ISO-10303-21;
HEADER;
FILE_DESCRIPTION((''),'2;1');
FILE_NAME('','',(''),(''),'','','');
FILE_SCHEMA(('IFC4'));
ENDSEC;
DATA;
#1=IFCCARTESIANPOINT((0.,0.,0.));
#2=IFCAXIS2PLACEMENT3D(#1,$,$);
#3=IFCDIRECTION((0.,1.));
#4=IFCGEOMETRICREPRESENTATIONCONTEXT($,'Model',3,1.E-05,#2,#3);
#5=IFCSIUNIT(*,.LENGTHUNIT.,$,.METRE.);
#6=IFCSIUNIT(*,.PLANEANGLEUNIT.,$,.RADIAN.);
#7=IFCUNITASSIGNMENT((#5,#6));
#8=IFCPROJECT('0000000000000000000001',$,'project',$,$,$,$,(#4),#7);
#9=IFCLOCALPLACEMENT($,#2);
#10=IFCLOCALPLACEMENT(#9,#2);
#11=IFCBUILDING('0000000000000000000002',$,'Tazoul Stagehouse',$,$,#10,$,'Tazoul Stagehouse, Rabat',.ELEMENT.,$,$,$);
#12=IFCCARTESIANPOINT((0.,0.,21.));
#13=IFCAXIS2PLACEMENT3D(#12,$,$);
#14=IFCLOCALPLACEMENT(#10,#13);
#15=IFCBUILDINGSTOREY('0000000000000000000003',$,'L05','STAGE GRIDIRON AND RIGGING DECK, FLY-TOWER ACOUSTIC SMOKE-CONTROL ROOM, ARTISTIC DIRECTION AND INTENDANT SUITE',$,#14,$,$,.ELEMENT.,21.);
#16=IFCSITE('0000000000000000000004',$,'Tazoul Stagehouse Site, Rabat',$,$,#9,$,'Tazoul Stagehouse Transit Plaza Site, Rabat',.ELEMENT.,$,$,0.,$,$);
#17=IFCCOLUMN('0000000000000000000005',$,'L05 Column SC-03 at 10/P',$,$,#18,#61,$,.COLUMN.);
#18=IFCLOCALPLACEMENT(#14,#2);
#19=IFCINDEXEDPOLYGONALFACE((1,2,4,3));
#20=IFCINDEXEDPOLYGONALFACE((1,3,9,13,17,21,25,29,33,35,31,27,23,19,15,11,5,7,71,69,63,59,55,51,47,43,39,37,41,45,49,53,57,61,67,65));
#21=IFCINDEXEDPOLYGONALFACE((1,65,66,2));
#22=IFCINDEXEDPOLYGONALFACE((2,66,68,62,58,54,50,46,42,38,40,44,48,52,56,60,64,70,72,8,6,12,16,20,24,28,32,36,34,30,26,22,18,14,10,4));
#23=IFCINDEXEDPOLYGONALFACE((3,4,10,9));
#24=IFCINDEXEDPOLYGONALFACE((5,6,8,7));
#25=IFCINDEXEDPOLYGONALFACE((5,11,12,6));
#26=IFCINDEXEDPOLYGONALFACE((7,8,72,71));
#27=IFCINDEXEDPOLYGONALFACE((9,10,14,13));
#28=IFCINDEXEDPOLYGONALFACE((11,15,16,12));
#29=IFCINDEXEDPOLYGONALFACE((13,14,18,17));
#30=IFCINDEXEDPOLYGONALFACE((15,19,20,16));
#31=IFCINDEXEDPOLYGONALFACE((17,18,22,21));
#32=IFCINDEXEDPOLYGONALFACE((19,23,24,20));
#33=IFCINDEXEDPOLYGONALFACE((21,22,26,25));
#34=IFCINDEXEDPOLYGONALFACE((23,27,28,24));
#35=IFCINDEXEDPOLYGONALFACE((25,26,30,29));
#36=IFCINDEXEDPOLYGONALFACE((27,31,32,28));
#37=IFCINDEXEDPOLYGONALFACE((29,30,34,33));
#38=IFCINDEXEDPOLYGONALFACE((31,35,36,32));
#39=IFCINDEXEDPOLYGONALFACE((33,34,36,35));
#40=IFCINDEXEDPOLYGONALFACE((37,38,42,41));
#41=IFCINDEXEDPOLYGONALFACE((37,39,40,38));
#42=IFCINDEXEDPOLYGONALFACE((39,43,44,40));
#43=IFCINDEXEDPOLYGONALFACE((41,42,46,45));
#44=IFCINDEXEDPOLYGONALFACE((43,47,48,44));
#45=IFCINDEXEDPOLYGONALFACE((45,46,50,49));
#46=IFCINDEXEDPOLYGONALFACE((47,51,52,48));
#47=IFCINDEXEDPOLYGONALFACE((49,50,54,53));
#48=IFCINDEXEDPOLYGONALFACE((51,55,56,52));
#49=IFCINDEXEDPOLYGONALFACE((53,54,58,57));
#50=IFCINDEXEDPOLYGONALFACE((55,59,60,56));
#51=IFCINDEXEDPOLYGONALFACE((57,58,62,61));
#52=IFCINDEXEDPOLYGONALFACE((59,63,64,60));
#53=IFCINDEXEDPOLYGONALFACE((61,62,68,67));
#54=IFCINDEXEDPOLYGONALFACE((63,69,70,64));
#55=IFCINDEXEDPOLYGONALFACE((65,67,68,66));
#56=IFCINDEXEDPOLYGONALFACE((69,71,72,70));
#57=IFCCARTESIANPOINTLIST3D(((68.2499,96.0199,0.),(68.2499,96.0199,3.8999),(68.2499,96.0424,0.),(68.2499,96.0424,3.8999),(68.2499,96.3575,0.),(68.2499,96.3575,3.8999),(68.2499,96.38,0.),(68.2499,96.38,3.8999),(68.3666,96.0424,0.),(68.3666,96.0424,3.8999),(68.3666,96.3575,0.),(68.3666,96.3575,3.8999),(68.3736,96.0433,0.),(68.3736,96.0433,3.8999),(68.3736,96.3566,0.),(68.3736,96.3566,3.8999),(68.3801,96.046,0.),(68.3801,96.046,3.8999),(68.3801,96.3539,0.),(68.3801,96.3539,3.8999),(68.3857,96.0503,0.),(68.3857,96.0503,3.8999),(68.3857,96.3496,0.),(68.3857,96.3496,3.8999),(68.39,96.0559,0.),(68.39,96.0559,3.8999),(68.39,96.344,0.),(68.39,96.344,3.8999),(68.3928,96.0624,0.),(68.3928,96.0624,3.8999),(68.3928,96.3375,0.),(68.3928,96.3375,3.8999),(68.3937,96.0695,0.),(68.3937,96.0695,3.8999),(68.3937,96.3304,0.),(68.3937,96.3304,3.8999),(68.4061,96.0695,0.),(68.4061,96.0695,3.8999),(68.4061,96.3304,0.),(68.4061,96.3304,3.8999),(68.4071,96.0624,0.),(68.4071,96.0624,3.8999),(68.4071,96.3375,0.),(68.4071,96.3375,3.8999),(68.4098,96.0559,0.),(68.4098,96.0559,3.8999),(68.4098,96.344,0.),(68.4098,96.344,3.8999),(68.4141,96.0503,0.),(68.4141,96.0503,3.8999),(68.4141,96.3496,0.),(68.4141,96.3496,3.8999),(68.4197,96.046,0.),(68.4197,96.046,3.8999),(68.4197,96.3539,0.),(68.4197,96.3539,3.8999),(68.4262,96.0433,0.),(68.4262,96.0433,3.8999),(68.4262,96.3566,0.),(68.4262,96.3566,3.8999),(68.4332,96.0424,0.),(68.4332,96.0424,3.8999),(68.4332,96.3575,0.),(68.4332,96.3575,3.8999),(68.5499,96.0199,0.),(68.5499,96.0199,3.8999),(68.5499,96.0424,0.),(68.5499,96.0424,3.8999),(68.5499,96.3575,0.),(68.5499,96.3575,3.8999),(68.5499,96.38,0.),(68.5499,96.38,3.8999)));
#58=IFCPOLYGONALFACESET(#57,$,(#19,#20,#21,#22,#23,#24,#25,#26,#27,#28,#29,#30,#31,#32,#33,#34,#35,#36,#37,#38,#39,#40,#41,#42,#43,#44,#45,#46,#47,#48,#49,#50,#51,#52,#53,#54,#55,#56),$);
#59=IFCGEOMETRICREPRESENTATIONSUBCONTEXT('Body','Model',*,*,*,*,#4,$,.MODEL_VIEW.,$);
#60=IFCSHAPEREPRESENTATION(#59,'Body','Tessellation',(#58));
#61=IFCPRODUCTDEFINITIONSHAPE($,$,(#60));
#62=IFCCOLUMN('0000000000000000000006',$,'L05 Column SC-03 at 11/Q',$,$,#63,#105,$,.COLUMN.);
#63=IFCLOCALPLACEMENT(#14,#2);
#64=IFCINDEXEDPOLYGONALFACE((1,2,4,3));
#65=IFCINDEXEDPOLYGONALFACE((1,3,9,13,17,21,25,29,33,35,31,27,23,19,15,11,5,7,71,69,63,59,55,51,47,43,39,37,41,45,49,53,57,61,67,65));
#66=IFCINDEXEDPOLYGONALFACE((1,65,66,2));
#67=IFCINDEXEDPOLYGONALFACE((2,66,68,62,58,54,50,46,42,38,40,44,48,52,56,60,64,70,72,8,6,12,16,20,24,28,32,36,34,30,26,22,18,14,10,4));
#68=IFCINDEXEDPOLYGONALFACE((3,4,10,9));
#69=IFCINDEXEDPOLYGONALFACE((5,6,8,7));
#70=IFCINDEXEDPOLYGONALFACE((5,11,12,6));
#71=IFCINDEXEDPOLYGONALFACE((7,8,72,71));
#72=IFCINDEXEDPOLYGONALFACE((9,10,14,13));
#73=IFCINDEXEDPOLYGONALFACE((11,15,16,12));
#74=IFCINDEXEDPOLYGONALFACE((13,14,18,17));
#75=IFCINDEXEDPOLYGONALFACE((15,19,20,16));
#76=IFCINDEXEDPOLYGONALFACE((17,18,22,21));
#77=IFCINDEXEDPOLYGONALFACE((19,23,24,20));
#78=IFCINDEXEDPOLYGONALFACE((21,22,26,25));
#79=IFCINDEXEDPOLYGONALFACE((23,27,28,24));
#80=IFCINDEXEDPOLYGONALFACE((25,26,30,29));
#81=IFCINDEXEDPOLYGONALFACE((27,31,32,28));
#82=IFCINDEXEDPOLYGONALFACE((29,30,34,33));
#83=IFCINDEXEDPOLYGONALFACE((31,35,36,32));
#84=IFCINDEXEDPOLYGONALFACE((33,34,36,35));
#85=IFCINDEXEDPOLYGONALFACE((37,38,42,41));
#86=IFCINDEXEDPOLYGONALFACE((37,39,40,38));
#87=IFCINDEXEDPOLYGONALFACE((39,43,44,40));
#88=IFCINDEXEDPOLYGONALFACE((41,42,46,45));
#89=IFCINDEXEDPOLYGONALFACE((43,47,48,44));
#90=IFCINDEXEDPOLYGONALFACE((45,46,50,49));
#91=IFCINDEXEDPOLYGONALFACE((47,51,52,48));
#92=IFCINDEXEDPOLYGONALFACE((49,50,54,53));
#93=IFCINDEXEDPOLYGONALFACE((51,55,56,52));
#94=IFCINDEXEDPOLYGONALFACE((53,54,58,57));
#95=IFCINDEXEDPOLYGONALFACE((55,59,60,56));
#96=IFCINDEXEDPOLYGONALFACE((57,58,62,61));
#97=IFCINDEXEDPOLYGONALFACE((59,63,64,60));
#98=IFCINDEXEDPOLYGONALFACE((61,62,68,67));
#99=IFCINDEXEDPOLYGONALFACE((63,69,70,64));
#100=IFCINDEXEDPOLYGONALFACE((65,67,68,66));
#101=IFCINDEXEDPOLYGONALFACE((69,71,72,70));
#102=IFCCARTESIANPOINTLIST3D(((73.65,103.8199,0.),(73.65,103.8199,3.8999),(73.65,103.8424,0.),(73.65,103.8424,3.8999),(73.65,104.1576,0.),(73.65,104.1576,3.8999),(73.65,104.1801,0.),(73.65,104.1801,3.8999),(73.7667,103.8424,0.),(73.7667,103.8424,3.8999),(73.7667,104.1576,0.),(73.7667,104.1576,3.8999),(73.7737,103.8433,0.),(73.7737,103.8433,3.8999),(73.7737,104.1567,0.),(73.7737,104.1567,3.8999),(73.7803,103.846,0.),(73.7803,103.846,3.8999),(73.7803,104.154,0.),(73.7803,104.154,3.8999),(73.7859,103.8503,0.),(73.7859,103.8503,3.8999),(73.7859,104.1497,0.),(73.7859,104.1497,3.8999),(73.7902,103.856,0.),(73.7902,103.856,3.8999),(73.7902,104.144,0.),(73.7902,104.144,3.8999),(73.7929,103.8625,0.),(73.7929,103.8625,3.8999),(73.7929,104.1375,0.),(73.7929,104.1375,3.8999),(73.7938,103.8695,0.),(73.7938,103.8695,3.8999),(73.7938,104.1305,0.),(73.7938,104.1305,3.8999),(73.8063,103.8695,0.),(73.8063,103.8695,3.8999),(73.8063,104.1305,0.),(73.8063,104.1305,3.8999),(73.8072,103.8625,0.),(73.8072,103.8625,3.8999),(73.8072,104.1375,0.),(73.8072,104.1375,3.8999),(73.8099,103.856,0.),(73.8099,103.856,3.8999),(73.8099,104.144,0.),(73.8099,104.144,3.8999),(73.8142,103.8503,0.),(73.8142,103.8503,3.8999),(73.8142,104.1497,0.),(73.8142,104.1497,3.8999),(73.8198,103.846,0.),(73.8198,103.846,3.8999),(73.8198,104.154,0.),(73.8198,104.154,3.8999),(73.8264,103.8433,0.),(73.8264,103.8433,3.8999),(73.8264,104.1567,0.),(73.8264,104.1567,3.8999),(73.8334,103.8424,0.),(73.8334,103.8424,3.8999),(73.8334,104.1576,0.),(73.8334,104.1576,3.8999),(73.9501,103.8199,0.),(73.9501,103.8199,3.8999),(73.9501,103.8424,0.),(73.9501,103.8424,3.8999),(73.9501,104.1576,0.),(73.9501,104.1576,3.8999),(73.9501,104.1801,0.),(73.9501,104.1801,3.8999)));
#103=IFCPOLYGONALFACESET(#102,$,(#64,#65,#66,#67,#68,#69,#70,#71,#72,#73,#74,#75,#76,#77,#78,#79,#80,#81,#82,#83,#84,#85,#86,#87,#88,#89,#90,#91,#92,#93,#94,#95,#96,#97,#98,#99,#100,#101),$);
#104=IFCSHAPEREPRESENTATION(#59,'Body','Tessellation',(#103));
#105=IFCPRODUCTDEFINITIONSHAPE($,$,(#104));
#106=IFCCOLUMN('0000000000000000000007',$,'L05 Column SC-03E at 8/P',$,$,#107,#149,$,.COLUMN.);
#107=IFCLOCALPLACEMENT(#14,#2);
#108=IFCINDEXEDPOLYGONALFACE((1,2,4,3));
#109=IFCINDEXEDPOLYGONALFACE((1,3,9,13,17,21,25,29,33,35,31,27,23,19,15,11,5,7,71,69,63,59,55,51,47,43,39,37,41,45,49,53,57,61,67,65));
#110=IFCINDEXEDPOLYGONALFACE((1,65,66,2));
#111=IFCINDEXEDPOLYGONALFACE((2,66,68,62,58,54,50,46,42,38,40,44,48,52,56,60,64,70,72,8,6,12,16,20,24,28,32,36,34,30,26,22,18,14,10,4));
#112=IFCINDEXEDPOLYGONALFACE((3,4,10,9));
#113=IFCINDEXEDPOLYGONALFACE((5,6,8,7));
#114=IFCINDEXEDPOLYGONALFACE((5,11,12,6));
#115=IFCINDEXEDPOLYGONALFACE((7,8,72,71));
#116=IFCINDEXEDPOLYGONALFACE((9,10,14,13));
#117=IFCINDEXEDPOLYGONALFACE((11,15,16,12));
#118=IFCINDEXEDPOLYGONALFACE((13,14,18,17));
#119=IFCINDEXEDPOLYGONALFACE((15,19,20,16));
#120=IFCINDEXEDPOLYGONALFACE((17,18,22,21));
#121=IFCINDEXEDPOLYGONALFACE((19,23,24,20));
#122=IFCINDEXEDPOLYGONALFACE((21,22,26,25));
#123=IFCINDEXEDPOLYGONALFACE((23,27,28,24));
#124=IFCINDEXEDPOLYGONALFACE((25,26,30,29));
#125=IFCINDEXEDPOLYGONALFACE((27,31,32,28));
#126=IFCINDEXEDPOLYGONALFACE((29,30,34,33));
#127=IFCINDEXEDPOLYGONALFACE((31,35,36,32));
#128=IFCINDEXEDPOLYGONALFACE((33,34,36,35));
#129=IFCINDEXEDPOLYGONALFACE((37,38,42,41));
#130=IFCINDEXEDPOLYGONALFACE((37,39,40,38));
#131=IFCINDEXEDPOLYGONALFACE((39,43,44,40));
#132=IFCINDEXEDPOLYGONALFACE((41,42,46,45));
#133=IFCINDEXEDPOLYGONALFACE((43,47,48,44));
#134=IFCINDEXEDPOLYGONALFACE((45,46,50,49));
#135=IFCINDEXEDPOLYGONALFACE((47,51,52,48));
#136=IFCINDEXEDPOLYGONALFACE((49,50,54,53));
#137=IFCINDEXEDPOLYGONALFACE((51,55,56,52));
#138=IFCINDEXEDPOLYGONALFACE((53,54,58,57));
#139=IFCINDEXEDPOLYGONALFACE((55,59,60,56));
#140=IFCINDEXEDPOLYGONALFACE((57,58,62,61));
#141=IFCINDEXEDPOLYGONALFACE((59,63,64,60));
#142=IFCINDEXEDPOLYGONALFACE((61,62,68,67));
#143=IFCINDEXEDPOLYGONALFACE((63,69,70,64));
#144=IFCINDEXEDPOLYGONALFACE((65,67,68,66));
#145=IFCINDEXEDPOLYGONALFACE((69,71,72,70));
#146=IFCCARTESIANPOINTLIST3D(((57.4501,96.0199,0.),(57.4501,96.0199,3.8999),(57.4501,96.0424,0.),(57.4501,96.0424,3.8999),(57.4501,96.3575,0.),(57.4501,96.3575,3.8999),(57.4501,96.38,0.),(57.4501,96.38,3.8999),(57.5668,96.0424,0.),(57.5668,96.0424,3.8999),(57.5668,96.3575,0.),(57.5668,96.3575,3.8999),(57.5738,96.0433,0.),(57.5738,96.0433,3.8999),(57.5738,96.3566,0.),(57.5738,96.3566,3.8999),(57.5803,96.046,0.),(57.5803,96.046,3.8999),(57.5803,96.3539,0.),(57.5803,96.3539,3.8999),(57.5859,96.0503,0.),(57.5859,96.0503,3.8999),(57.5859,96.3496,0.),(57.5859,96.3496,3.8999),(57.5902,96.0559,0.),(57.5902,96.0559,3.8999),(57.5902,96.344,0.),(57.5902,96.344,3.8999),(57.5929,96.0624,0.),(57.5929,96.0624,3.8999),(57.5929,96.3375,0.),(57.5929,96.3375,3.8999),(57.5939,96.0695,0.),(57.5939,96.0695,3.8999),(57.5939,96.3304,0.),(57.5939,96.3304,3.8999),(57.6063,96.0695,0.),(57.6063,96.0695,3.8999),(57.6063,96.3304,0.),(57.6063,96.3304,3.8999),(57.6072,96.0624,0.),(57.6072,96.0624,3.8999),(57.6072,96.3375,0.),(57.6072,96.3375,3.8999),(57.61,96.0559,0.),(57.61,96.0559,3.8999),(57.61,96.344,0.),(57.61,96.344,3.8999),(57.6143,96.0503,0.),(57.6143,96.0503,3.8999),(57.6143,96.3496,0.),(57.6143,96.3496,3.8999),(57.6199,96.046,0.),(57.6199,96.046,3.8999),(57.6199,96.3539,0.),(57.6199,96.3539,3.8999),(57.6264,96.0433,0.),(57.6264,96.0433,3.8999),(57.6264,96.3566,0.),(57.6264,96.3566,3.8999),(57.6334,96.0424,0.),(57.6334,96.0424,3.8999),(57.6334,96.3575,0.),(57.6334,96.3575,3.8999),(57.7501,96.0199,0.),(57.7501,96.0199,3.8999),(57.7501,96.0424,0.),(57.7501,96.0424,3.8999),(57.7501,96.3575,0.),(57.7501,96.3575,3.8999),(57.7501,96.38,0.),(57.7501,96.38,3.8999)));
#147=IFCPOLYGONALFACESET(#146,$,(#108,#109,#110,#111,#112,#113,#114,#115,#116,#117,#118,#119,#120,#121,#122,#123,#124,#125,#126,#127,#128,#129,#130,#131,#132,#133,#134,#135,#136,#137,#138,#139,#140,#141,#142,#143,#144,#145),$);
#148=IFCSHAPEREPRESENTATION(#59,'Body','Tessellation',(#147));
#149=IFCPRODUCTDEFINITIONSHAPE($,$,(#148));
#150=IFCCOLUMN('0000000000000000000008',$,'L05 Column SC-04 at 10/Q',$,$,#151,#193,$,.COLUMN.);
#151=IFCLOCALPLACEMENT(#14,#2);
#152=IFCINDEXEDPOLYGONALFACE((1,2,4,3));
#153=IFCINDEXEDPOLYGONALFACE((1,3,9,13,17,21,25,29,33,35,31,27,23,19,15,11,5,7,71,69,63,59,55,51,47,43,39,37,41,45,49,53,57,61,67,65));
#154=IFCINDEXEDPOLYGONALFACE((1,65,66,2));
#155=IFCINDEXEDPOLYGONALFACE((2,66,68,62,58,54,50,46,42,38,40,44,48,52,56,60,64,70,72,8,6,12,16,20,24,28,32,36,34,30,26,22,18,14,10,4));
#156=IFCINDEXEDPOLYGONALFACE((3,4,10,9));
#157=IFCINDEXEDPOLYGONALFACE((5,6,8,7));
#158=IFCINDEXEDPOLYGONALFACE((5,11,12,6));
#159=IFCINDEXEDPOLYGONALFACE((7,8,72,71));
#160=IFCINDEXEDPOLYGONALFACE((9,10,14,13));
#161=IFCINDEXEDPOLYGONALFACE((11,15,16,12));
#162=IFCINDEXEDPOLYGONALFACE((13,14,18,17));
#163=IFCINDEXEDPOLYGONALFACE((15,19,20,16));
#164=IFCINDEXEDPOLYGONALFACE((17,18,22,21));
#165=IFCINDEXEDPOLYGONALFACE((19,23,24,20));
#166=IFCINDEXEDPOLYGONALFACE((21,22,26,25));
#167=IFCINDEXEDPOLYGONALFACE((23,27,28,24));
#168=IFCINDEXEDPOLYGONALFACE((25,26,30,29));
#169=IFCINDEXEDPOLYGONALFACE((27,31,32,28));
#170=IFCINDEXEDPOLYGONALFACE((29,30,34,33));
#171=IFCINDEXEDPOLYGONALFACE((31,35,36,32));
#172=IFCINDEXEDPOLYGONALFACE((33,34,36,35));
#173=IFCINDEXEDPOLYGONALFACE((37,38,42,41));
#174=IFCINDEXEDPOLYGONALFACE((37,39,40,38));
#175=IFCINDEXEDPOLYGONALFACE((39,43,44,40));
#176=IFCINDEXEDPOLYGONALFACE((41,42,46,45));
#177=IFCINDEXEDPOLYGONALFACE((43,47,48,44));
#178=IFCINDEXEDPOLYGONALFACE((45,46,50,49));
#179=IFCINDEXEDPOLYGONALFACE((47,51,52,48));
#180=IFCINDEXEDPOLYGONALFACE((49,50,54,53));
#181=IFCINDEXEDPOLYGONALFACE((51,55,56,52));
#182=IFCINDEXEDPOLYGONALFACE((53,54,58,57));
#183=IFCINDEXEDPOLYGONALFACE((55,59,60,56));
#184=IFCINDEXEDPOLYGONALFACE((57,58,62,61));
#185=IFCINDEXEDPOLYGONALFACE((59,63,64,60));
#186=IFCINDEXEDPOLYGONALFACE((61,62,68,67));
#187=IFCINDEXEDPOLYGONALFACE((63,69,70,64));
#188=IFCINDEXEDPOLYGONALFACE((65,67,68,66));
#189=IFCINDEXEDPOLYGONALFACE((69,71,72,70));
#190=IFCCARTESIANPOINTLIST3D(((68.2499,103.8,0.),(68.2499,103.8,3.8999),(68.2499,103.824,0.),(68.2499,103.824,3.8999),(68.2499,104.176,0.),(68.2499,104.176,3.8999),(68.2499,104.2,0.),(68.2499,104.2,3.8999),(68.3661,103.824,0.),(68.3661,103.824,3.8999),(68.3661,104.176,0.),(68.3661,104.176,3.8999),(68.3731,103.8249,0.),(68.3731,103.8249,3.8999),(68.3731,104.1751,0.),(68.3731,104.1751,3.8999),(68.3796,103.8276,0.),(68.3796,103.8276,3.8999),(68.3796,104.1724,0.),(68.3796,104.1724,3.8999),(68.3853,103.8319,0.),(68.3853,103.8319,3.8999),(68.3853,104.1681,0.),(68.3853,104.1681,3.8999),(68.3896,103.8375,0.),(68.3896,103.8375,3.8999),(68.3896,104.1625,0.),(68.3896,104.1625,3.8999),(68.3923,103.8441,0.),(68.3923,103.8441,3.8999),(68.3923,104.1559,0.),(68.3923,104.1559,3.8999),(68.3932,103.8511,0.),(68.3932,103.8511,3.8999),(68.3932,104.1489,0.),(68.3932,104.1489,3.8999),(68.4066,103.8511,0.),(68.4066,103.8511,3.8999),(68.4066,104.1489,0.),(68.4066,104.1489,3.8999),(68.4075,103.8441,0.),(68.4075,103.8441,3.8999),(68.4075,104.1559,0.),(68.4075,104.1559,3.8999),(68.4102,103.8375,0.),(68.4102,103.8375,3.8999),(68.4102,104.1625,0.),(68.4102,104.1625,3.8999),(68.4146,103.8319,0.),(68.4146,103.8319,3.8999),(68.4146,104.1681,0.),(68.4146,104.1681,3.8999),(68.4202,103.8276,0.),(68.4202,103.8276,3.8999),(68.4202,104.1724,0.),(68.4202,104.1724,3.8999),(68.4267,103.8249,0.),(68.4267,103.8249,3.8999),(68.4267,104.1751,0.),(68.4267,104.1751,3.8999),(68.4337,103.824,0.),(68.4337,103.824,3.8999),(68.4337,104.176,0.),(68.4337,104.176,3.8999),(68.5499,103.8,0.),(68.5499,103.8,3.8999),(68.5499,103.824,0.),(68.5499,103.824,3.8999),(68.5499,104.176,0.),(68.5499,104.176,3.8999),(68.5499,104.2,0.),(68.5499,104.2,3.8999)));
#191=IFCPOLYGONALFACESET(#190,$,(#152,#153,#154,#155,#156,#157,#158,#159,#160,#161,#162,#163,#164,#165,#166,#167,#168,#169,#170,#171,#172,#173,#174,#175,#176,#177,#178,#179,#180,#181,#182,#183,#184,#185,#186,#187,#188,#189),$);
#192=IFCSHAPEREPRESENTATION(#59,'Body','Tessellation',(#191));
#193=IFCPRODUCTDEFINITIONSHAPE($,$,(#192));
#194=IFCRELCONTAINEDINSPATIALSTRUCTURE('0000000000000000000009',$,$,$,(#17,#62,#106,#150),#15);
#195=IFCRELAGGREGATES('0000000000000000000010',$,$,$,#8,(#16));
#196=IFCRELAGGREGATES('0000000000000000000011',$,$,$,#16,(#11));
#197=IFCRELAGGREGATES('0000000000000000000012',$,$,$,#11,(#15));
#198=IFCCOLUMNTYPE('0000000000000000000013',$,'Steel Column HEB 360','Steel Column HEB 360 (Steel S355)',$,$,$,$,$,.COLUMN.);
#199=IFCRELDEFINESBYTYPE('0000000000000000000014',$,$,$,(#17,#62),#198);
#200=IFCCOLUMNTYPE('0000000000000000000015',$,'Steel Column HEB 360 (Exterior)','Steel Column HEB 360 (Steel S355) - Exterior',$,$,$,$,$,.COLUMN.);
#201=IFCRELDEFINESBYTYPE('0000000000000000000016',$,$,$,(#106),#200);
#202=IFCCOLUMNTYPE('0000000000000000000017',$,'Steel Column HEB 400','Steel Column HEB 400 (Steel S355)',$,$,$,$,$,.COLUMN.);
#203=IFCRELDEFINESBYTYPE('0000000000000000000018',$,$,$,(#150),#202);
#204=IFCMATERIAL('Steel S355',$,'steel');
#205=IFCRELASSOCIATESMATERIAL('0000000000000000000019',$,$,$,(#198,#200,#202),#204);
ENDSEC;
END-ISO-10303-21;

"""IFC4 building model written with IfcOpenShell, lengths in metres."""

from ifc_helpers import new_model, si_unit, direction, frame, origin, origin_2d, place, context, subcontext, project, spatial, i_section, extrude, material, material_profile, profile_set, type_object, element, save


model = new_model("IFC4")

# Units and contexts
model_context = context("Model", 3, precision=1e-05, world=origin(), true_north=direction((0.0, 1.0)))
body_context = subcontext(model_context, "Body", "Model", "MODEL_VIEW")
ifc_project = project(units=[si_unit("LENGTHUNIT", "METRE"), si_unit("PLANEANGLEUNIT", "RADIAN")], contexts=[model_context])

# Site, building, storey
site_placement = place(None, origin())
site = spatial("IfcSite", under=ifc_project, at=site_placement, Name="Tazoul Stagehouse Site, Rabat", LongName="Tazoul Stagehouse Transit Plaza Site, Rabat", CompositionType="ELEMENT", RefElevation=0.0)
building_placement = place(site_placement, origin())
building = spatial("IfcBuilding", under=site, at=building_placement, Name="Tazoul Stagehouse", LongName="Tazoul Stagehouse, Rabat", CompositionType="ELEMENT")
storey_placement = place(building_placement, frame((0.0, 0.0, 21.0)))
storey = spatial("IfcBuildingStorey", under=building, at=storey_placement, Name="L05", Description="STAGE GRIDIRON AND RIGGING DECK, FLY-TOWER ACOUSTIC SMOKE-CONTROL ROOM, ARTISTIC DIRECTION AND INTENDANT SUITE", CompositionType="ELEMENT", Elevation=21.0)

# Columns
ifc_material_1 = material(Name="Steel S355", Category="steel")
ifc_material_profile_1 = material_profile(ifc_material_1, i_section(OverallWidth=0.3, OverallDepth=0.3601, WebThickness=0.0125, FlangeThickness=0.0225, FilletRadius=0.0271, at=origin_2d()), Name="HEB 360")
ifc_profile_set_1 = profile_set([ifc_material_profile_1], Name="Steel S355")
column_type_1 = type_object("IfcColumnType", Name="Steel Column HEB 360", Description="Steel Column HEB 360 (Steel S355)", PredefinedType="COLUMN", material=ifc_profile_set_1)
for number, where, z_axis, x_axis, name in (
    (1, (68.3999, 96.2, 0.0), (0.0, 0.0, 1.0), (1.0, 0.0, 0.0), "L05 Column SC-03 at 10/P"),
    (2, (73.8, 104.0, 0.0), (0.0, 0.0, 1.0), (1.0, 0.0, 0.0), "L05 Column SC-03 at 11/Q"),
):
    element("IfcColumn", number, at=place(storey_placement, frame(where, z_axis=z_axis, x_axis=x_axis)), inside=storey, type_object=column_type_1, Name=name, PredefinedType="COLUMN", context=body_context, shape_type="SweptSolid", body=[
        extrude(i_section(OverallWidth=0.3, OverallDepth=0.3601, WebThickness=0.0125, FlangeThickness=0.0225, FilletRadius=0.0271, at=origin_2d()), origin(), (0.0, 0.0, 1.0), 3.8999),
    ])
ifc_material_profile_2 = material_profile(ifc_material_1, i_section(OverallWidth=0.3, OverallDepth=0.3601, WebThickness=0.0125, FlangeThickness=0.0225, FilletRadius=0.0271, at=origin_2d()), Name="HEB 360")
ifc_profile_set_2 = profile_set([ifc_material_profile_2], Name="Steel S355")
column_type_2 = type_object("IfcColumnType", Name="Steel Column HEB 360 (Exterior)", Description="Steel Column HEB 360 (Steel S355) - Exterior", PredefinedType="COLUMN", material=ifc_profile_set_2)
column_1_placement = place(storey_placement, frame((57.6001, 96.2, 0.0), z_axis=(0.0, 0.0, 1.0), x_axis=(1.0, 0.0, 0.0)))
element("IfcColumn", 3, at=column_1_placement, inside=storey, type_object=column_type_2, Name="L05 Column SC-03E at 8/P", PredefinedType="COLUMN", context=body_context, shape_type="SweptSolid", body=[
    extrude(i_section(OverallWidth=0.3, OverallDepth=0.3601, WebThickness=0.0125, FlangeThickness=0.0225, FilletRadius=0.0271, at=origin_2d()), origin(), (0.0, 0.0, 1.0), 3.8999),
])
ifc_material_profile_3 = material_profile(ifc_material_1, i_section(OverallWidth=0.3, OverallDepth=0.3999, WebThickness=0.0134, FlangeThickness=0.0239, FilletRadius=0.0271, at=origin_2d()), Name="HEB 400")
ifc_profile_set_3 = profile_set([ifc_material_profile_3], Name="Steel S355")
column_type_3 = type_object("IfcColumnType", Name="Steel Column HEB 400", Description="Steel Column HEB 400 (Steel S355)", PredefinedType="COLUMN", material=ifc_profile_set_3)
column_2_placement = place(storey_placement, frame((68.3999, 104.0, 0.0), z_axis=(0.0, 0.0, 1.0), x_axis=(1.0, 0.0, 0.0)))
element("IfcColumn", 4, at=column_2_placement, inside=storey, type_object=column_type_3, Name="L05 Column SC-04 at 10/Q", PredefinedType="COLUMN", context=body_context, shape_type="SweptSolid", body=[
    extrude(i_section(OverallWidth=0.3, OverallDepth=0.3999, WebThickness=0.0134, FlangeThickness=0.0239, FilletRadius=0.0271, at=origin_2d()), origin(), (0.0, 0.0, 1.0), 3.8999),
])

save(model, "model.ifc")
